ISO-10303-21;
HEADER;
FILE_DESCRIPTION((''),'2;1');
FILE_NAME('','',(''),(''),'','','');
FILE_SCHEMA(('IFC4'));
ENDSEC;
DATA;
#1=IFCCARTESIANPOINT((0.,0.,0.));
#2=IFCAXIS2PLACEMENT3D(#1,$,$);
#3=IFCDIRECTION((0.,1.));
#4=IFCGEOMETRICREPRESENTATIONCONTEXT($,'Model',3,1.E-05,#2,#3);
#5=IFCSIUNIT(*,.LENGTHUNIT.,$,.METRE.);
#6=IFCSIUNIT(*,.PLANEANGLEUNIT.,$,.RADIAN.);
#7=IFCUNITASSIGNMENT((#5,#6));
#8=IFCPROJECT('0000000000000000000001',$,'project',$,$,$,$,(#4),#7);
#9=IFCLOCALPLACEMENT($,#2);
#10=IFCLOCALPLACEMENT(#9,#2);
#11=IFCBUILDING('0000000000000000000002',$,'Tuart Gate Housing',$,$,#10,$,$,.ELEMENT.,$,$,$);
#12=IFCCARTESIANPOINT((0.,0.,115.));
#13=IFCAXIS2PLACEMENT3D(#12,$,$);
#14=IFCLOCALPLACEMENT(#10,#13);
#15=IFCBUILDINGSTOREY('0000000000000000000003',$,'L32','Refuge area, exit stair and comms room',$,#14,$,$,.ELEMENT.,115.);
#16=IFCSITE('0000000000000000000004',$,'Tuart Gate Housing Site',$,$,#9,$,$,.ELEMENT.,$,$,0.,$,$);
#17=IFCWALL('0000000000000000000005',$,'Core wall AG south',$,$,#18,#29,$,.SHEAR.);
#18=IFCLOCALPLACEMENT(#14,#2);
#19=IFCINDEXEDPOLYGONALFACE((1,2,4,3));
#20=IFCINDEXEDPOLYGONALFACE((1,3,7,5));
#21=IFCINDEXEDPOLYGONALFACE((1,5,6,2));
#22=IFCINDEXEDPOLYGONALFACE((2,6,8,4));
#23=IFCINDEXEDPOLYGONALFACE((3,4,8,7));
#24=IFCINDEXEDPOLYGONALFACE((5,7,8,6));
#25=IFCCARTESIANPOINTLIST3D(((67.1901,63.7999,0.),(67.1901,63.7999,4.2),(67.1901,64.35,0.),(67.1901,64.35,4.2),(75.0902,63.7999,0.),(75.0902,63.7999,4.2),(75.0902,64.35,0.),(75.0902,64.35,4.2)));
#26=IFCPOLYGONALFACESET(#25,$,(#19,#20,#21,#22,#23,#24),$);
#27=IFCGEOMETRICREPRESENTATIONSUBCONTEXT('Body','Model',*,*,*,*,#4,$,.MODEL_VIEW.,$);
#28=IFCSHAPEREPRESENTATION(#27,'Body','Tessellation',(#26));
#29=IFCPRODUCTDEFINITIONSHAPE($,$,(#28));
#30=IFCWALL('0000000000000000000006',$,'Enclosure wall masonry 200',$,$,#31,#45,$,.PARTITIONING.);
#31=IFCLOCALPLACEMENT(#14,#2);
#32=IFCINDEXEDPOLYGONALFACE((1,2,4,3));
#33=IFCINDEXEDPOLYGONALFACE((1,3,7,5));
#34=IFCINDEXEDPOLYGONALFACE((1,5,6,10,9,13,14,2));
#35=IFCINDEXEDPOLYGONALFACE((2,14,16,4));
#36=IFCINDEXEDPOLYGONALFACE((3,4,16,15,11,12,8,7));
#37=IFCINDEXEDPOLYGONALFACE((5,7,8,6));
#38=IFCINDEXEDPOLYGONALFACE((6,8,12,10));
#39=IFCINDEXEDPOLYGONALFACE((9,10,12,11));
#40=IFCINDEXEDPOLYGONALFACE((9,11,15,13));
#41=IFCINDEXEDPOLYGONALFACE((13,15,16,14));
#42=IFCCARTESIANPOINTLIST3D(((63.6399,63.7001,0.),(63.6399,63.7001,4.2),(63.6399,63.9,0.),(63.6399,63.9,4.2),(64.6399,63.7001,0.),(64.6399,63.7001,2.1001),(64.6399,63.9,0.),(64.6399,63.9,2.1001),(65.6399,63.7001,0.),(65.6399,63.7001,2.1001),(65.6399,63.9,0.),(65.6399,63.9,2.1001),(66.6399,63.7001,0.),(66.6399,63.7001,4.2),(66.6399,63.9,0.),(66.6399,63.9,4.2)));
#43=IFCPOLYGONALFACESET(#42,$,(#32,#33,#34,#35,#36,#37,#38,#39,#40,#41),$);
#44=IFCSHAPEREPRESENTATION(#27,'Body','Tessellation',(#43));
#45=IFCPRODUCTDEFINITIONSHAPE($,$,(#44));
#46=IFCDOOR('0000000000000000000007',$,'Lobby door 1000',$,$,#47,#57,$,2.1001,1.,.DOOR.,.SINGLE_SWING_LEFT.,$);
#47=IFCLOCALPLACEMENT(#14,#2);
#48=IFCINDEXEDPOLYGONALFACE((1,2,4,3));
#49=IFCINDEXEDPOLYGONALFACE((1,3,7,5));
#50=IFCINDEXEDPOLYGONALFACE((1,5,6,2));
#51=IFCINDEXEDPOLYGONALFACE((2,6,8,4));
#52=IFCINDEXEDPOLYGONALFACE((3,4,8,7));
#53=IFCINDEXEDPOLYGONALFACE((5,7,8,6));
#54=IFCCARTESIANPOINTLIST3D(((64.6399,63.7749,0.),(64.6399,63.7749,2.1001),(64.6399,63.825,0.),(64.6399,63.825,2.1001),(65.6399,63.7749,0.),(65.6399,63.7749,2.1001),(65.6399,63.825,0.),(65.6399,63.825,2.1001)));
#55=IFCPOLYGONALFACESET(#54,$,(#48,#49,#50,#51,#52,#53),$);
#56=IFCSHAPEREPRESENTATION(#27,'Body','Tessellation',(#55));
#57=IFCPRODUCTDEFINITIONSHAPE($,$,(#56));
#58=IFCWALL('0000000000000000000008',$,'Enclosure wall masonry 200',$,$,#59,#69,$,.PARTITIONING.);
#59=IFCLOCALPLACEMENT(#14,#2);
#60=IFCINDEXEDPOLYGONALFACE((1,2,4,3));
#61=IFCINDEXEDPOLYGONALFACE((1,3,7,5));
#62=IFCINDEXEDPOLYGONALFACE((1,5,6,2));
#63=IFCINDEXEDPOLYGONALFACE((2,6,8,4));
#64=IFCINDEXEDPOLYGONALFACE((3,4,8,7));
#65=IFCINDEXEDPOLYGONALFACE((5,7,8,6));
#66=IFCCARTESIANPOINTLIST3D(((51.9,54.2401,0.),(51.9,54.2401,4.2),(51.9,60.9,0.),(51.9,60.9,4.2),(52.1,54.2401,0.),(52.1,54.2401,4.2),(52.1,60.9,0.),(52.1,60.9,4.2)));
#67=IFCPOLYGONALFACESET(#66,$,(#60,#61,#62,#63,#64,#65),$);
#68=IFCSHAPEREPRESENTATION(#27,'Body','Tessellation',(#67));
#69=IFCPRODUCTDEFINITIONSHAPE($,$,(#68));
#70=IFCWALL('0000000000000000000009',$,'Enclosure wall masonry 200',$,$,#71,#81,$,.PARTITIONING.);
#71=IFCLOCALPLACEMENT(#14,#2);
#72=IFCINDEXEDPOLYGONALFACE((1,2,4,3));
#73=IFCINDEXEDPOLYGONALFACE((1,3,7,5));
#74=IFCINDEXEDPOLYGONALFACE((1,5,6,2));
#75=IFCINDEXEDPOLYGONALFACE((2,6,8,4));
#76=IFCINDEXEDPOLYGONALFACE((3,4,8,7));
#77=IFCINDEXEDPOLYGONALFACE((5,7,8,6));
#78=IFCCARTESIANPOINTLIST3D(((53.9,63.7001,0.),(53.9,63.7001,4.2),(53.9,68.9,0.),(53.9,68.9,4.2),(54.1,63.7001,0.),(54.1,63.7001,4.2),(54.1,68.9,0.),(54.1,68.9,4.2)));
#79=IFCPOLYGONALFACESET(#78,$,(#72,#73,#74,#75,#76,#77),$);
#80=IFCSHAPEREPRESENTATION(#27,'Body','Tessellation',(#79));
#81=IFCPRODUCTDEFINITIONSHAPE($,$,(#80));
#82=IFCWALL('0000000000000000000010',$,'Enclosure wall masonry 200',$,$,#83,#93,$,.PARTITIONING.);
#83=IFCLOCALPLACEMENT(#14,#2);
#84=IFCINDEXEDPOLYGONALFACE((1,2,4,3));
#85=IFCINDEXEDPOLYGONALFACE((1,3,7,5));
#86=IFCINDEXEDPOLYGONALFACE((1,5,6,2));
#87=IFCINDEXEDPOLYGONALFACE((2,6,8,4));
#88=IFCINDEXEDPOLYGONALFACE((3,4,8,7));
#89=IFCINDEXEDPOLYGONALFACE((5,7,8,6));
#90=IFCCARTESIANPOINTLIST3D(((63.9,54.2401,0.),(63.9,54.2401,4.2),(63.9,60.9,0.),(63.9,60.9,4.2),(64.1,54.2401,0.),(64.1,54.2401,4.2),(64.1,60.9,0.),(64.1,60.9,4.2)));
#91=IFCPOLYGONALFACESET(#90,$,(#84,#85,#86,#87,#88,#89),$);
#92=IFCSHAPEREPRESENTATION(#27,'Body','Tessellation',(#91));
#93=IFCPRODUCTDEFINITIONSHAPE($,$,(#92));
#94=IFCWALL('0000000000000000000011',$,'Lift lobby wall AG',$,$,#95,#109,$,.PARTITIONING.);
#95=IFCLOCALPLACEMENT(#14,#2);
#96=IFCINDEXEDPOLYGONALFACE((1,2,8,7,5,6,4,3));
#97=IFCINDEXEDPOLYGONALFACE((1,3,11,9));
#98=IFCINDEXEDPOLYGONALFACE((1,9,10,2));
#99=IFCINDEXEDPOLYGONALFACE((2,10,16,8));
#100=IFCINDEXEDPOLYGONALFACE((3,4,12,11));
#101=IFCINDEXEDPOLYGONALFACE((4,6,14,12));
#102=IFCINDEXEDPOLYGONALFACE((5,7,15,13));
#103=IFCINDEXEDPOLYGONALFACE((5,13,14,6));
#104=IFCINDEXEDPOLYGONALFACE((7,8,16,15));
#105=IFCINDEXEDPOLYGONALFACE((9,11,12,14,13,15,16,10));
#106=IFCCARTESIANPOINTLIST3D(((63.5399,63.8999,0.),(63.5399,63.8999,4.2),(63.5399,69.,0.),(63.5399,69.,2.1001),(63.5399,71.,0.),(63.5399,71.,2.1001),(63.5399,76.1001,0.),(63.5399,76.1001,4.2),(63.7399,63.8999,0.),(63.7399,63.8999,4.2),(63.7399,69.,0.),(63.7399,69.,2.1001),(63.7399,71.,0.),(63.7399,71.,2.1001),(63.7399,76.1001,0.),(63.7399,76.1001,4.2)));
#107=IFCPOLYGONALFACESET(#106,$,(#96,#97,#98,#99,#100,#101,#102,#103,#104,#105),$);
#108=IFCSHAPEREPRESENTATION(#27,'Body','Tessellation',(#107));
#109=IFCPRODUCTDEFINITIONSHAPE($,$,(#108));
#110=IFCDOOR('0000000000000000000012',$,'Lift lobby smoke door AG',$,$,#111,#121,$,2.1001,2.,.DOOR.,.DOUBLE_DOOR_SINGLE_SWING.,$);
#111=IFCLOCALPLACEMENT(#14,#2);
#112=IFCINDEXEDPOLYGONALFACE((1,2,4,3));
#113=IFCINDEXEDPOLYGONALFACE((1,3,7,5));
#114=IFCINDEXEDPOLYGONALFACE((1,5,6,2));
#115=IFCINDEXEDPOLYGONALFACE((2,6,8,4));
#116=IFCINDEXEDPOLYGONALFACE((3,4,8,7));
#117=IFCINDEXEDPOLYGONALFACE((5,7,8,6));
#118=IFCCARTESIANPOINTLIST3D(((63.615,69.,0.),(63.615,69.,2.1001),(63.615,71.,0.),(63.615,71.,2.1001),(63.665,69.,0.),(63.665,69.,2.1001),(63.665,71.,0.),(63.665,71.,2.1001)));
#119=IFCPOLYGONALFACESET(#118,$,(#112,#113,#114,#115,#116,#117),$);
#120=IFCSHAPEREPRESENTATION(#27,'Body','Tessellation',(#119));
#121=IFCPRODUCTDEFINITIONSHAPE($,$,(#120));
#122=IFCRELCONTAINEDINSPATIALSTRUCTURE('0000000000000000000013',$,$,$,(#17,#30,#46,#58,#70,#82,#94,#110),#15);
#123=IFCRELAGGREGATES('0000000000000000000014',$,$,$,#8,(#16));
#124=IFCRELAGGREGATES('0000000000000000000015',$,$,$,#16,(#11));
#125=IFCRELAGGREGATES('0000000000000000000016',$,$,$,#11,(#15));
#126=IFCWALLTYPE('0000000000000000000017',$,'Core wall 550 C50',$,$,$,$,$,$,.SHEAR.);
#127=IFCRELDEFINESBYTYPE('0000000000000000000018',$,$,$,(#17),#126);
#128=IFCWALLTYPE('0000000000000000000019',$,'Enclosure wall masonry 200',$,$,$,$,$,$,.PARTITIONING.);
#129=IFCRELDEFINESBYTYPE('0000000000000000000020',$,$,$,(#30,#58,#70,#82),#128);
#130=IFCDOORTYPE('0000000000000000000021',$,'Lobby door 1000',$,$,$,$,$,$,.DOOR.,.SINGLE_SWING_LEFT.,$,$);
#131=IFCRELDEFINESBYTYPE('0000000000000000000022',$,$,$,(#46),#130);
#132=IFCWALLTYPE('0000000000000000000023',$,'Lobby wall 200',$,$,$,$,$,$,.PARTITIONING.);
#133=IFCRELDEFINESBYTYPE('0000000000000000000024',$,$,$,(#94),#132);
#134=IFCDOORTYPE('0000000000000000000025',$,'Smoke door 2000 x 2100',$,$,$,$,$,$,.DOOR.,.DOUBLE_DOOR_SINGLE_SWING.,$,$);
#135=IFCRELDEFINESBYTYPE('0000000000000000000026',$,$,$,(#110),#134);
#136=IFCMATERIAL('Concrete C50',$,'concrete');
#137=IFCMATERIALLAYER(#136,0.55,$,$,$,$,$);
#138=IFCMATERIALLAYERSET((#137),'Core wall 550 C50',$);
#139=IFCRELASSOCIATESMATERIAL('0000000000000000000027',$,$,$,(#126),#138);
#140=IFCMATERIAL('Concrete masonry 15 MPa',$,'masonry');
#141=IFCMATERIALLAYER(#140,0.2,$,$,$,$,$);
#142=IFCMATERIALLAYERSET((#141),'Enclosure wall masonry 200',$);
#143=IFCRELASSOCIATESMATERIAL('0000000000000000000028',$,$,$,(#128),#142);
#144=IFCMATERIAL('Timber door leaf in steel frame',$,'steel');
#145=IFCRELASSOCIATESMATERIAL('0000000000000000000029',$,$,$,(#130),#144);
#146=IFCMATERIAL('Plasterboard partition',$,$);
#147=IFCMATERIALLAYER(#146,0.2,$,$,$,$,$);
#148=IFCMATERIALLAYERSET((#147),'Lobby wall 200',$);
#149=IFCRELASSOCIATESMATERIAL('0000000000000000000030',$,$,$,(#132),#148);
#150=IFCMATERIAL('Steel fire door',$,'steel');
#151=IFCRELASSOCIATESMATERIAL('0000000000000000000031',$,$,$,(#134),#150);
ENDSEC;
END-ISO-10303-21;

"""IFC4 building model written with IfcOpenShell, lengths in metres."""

from ifc_helpers import new_model, si_unit, direction, frame, frame_2d, origin, place, context, subcontext, project, spatial, rectangle, extrude, material, layer, layer_set, type_object, element, fill, save


model = new_model("IFC4")

# Units and contexts
model_context = context("Model", 3, precision=1e-05, world=origin(), true_north=direction((0.0, 1.0)))
body_context = subcontext(model_context, "Body", "Model", "MODEL_VIEW")
ifc_project = project(units=[si_unit("LENGTHUNIT", "METRE"), si_unit("PLANEANGLEUNIT", "RADIAN")], contexts=[model_context])

# Site, building, storey
site_placement = place(None, origin())
site = spatial("IfcSite", under=ifc_project, at=site_placement, Name="Tuart Gate Housing Site", CompositionType="ELEMENT", RefElevation=0.0)
building_placement = place(site_placement, origin())
building = spatial("IfcBuilding", under=site, at=building_placement, Name="Tuart Gate Housing", CompositionType="ELEMENT")
storey_placement = place(building_placement, frame((0.0, 0.0, 115.0)))
storey = spatial("IfcBuildingStorey", under=building, at=storey_placement, Name="L32", Description="Refuge area, exit stair and comms room", CompositionType="ELEMENT", Elevation=115.0)

# Shared definitions
ifc_material_1 = material(Name="Concrete C50", Category="concrete")
ifc_layer_1 = layer(ifc_material_1, 0.55)
ifc_layer_set_1 = layer_set([ifc_layer_1], Name="Core wall 550 C50")
wall_type_1 = type_object("IfcWallType", Name="Core wall 550 C50", PredefinedType="SHEAR", material=ifc_layer_set_1)

# Wall
wall_1_placement = place(storey_placement, frame((67.1899, 64.075, 0.0), z_axis=(0.0, 0.0, 1.0), x_axis=(1.0, 0.0, 0.0)))
element("IfcWall", 1, at=wall_1_placement, inside=storey, type_object=wall_type_1, Name="Core wall AG south", PredefinedType="SHEAR", context=body_context, shape_type="SweptSolid", body=[
    extrude(rectangle(XDim=7.9001, YDim=0.55, at=frame_2d((3.9502, 0.0))), origin(), (0.0, 0.0, 1.0), 4.2),
])

# Wall, opening, door
ifc_material_2 = material(Name="Concrete masonry 15 MPa", Category="masonry")
ifc_layer_2 = layer(ifc_material_2, 0.2)
ifc_layer_set_2 = layer_set([ifc_layer_2], Name="Enclosure wall masonry 200")
wall_type_2 = type_object("IfcWallType", Name="Enclosure wall masonry 200", PredefinedType="PARTITIONING", material=ifc_layer_set_2)
wall_2_placement = place(storey_placement, frame((63.6399, 63.8, 0.0), z_axis=(0.0, 0.0, 1.0), x_axis=(1.0, 0.0, 0.0)))
wall_2 = element("IfcWall", 2, at=wall_2_placement, inside=storey, type_object=wall_type_2, Name="Enclosure wall masonry 200", PredefinedType="PARTITIONING", context=body_context, shape_type="SweptSolid", body=[
    extrude(rectangle(XDim=3.0, YDim=0.2, at=frame_2d((1.5, 0.0))), origin(), (0.0, 0.0, 1.0), 4.2),
])
opening_1_placement = place(wall_2_placement, frame((1.0, 0.0, 0.0)))
opening_1 = element("IfcOpeningElement", 3, at=opening_1_placement, cuts=wall_2, PredefinedType="OPENING", context=body_context, shape_type="SweptSolid", body=[
    extrude(rectangle(XDim=1.0, YDim=2.1001, at=frame_2d((0.5, 1.05))), frame((0.0, 0.1099, 0.0), z_axis=(0.0, -1.0, 0.0), x_axis=(1.0, 0.0, 0.0)), (0.0, 0.0, 1.0), 0.22),
])
ifc_material_3 = material(Name="Timber door leaf in steel frame", Category="steel")
door_type_1 = type_object("IfcDoorType", Name="Lobby door 1000", OperationType="SINGLE_SWING_LEFT", PredefinedType="DOOR", material=ifc_material_3)
door_1_placement = place(opening_1_placement, origin())
door_1 = element("IfcDoor", 4, at=door_1_placement, inside=storey, type_object=door_type_1, Name="Lobby door 1000", OperationType="SINGLE_SWING_LEFT", OverallHeight=2.1001, OverallWidth=1.0, PredefinedType="DOOR", context=body_context, shape_type="SweptSolid", body=[
    extrude(rectangle(XDim=1.0, YDim=2.1001, at=frame_2d((0.5, 1.05))), frame((0.0, 0.0249, 0.0), z_axis=(0.0, -1.0, 0.0), x_axis=(1.0, 0.0, 0.0)), (0.0, 0.0, 1.0), 0.05),
])
fill(opening_1, door_1)

# Walls
wall_3_placement = place(storey_placement, frame((52.0, 54.24, 0.0), z_axis=(0.0, 0.0, 1.0), x_axis=(0.0, 1.0, 0.0)))
element("IfcWall", 5, at=wall_3_placement, inside=storey, type_object=wall_type_2, Name="Enclosure wall masonry 200", PredefinedType="PARTITIONING", context=body_context, shape_type="SweptSolid", body=[
    extrude(rectangle(XDim=6.6599, YDim=0.2, at=frame_2d((3.3301, 0.0))), origin(), (0.0, 0.0, 1.0), 4.2),
])
wall_4_placement = place(storey_placement, frame((54.0, 63.7, 0.0), z_axis=(0.0, 0.0, 1.0), x_axis=(0.0, 1.0, 0.0)))
element("IfcWall", 6, at=wall_4_placement, inside=storey, type_object=wall_type_2, Name="Enclosure wall masonry 200", PredefinedType="PARTITIONING", context=body_context, shape_type="SweptSolid", body=[
    extrude(rectangle(XDim=5.2, YDim=0.2, at=frame_2d((2.6001, 0.0))), origin(), (0.0, 0.0, 1.0), 4.2),
])
wall_5_placement = place(storey_placement, frame((64.0, 54.24, 0.0), z_axis=(0.0, 0.0, 1.0), x_axis=(0.0, 1.0, 0.0)))
element("IfcWall", 7, at=wall_5_placement, inside=storey, type_object=wall_type_2, Name="Enclosure wall masonry 200", PredefinedType="PARTITIONING", context=body_context, shape_type="SweptSolid", body=[
    extrude(rectangle(XDim=6.6599, YDim=0.2, at=frame_2d((3.3301, 0.0))), origin(), (0.0, 0.0, 1.0), 4.2),
])

# Wall, opening, door
ifc_material_4 = material(Name="Plasterboard partition")
ifc_layer_3 = layer(ifc_material_4, 0.2)
ifc_layer_set_3 = layer_set([ifc_layer_3], Name="Lobby wall 200")
wall_type_3 = type_object("IfcWallType", Name="Lobby wall 200", PredefinedType="PARTITIONING", material=ifc_layer_set_3)
wall_6_placement = place(storey_placement, frame((63.6399, 63.8999, 0.0), z_axis=(0.0, 0.0, 1.0), x_axis=(0.0, 1.0, 0.0)))
wall_6 = element("IfcWall", 8, at=wall_6_placement, inside=storey, type_object=wall_type_3, Name="Lift lobby wall AG", PredefinedType="PARTITIONING", context=body_context, shape_type="SweptSolid", body=[
    extrude(rectangle(XDim=12.2002, YDim=0.2, at=frame_2d((6.1001, 0.0))), origin(), (0.0, 0.0, 1.0), 4.2),
])
opening_2_placement = place(wall_6_placement, frame((5.1001, 0.0, 0.0)))
opening_2 = element("IfcOpeningElement", 9, at=opening_2_placement, cuts=wall_6, PredefinedType="OPENING", context=body_context, shape_type="SweptSolid", body=[
    extrude(rectangle(XDim=2.0, YDim=2.1001, at=frame_2d((1.0, 1.05))), frame((0.0, 0.1099, 0.0), z_axis=(0.0, -1.0, 0.0), x_axis=(1.0, 0.0, 0.0)), (0.0, 0.0, 1.0), 0.22),
])
ifc_material_5 = material(Name="Steel fire door", Category="steel")
door_type_2 = type_object("IfcDoorType", Name="Smoke door 2000 x 2100", OperationType="DOUBLE_DOOR_SINGLE_SWING", PredefinedType="DOOR", material=ifc_material_5)
door_2_placement = place(opening_2_placement, frame((2.0, 0.0, 0.0), z_axis=(0.0, 0.0, 1.0), x_axis=(-1.0, 0.0, 0.0)))
door_2 = element("IfcDoor", 10, at=door_2_placement, inside=storey, type_object=door_type_2, Name="Lift lobby smoke door AG", OperationType="DOUBLE_DOOR_SINGLE_SWING", OverallHeight=2.1001, OverallWidth=2.0, PredefinedType="DOOR", context=body_context, shape_type="SweptSolid", body=[
    extrude(rectangle(XDim=2.0, YDim=2.1001, at=frame_2d((1.0, 1.05))), frame((0.0, 0.0251, 0.0), z_axis=(0.0, -1.0, 0.0), x_axis=(1.0, 0.0, 0.0)), (0.0, 0.0, 1.0), 0.05),
])
fill(opening_2, door_2)

save(model, "model.ifc")
